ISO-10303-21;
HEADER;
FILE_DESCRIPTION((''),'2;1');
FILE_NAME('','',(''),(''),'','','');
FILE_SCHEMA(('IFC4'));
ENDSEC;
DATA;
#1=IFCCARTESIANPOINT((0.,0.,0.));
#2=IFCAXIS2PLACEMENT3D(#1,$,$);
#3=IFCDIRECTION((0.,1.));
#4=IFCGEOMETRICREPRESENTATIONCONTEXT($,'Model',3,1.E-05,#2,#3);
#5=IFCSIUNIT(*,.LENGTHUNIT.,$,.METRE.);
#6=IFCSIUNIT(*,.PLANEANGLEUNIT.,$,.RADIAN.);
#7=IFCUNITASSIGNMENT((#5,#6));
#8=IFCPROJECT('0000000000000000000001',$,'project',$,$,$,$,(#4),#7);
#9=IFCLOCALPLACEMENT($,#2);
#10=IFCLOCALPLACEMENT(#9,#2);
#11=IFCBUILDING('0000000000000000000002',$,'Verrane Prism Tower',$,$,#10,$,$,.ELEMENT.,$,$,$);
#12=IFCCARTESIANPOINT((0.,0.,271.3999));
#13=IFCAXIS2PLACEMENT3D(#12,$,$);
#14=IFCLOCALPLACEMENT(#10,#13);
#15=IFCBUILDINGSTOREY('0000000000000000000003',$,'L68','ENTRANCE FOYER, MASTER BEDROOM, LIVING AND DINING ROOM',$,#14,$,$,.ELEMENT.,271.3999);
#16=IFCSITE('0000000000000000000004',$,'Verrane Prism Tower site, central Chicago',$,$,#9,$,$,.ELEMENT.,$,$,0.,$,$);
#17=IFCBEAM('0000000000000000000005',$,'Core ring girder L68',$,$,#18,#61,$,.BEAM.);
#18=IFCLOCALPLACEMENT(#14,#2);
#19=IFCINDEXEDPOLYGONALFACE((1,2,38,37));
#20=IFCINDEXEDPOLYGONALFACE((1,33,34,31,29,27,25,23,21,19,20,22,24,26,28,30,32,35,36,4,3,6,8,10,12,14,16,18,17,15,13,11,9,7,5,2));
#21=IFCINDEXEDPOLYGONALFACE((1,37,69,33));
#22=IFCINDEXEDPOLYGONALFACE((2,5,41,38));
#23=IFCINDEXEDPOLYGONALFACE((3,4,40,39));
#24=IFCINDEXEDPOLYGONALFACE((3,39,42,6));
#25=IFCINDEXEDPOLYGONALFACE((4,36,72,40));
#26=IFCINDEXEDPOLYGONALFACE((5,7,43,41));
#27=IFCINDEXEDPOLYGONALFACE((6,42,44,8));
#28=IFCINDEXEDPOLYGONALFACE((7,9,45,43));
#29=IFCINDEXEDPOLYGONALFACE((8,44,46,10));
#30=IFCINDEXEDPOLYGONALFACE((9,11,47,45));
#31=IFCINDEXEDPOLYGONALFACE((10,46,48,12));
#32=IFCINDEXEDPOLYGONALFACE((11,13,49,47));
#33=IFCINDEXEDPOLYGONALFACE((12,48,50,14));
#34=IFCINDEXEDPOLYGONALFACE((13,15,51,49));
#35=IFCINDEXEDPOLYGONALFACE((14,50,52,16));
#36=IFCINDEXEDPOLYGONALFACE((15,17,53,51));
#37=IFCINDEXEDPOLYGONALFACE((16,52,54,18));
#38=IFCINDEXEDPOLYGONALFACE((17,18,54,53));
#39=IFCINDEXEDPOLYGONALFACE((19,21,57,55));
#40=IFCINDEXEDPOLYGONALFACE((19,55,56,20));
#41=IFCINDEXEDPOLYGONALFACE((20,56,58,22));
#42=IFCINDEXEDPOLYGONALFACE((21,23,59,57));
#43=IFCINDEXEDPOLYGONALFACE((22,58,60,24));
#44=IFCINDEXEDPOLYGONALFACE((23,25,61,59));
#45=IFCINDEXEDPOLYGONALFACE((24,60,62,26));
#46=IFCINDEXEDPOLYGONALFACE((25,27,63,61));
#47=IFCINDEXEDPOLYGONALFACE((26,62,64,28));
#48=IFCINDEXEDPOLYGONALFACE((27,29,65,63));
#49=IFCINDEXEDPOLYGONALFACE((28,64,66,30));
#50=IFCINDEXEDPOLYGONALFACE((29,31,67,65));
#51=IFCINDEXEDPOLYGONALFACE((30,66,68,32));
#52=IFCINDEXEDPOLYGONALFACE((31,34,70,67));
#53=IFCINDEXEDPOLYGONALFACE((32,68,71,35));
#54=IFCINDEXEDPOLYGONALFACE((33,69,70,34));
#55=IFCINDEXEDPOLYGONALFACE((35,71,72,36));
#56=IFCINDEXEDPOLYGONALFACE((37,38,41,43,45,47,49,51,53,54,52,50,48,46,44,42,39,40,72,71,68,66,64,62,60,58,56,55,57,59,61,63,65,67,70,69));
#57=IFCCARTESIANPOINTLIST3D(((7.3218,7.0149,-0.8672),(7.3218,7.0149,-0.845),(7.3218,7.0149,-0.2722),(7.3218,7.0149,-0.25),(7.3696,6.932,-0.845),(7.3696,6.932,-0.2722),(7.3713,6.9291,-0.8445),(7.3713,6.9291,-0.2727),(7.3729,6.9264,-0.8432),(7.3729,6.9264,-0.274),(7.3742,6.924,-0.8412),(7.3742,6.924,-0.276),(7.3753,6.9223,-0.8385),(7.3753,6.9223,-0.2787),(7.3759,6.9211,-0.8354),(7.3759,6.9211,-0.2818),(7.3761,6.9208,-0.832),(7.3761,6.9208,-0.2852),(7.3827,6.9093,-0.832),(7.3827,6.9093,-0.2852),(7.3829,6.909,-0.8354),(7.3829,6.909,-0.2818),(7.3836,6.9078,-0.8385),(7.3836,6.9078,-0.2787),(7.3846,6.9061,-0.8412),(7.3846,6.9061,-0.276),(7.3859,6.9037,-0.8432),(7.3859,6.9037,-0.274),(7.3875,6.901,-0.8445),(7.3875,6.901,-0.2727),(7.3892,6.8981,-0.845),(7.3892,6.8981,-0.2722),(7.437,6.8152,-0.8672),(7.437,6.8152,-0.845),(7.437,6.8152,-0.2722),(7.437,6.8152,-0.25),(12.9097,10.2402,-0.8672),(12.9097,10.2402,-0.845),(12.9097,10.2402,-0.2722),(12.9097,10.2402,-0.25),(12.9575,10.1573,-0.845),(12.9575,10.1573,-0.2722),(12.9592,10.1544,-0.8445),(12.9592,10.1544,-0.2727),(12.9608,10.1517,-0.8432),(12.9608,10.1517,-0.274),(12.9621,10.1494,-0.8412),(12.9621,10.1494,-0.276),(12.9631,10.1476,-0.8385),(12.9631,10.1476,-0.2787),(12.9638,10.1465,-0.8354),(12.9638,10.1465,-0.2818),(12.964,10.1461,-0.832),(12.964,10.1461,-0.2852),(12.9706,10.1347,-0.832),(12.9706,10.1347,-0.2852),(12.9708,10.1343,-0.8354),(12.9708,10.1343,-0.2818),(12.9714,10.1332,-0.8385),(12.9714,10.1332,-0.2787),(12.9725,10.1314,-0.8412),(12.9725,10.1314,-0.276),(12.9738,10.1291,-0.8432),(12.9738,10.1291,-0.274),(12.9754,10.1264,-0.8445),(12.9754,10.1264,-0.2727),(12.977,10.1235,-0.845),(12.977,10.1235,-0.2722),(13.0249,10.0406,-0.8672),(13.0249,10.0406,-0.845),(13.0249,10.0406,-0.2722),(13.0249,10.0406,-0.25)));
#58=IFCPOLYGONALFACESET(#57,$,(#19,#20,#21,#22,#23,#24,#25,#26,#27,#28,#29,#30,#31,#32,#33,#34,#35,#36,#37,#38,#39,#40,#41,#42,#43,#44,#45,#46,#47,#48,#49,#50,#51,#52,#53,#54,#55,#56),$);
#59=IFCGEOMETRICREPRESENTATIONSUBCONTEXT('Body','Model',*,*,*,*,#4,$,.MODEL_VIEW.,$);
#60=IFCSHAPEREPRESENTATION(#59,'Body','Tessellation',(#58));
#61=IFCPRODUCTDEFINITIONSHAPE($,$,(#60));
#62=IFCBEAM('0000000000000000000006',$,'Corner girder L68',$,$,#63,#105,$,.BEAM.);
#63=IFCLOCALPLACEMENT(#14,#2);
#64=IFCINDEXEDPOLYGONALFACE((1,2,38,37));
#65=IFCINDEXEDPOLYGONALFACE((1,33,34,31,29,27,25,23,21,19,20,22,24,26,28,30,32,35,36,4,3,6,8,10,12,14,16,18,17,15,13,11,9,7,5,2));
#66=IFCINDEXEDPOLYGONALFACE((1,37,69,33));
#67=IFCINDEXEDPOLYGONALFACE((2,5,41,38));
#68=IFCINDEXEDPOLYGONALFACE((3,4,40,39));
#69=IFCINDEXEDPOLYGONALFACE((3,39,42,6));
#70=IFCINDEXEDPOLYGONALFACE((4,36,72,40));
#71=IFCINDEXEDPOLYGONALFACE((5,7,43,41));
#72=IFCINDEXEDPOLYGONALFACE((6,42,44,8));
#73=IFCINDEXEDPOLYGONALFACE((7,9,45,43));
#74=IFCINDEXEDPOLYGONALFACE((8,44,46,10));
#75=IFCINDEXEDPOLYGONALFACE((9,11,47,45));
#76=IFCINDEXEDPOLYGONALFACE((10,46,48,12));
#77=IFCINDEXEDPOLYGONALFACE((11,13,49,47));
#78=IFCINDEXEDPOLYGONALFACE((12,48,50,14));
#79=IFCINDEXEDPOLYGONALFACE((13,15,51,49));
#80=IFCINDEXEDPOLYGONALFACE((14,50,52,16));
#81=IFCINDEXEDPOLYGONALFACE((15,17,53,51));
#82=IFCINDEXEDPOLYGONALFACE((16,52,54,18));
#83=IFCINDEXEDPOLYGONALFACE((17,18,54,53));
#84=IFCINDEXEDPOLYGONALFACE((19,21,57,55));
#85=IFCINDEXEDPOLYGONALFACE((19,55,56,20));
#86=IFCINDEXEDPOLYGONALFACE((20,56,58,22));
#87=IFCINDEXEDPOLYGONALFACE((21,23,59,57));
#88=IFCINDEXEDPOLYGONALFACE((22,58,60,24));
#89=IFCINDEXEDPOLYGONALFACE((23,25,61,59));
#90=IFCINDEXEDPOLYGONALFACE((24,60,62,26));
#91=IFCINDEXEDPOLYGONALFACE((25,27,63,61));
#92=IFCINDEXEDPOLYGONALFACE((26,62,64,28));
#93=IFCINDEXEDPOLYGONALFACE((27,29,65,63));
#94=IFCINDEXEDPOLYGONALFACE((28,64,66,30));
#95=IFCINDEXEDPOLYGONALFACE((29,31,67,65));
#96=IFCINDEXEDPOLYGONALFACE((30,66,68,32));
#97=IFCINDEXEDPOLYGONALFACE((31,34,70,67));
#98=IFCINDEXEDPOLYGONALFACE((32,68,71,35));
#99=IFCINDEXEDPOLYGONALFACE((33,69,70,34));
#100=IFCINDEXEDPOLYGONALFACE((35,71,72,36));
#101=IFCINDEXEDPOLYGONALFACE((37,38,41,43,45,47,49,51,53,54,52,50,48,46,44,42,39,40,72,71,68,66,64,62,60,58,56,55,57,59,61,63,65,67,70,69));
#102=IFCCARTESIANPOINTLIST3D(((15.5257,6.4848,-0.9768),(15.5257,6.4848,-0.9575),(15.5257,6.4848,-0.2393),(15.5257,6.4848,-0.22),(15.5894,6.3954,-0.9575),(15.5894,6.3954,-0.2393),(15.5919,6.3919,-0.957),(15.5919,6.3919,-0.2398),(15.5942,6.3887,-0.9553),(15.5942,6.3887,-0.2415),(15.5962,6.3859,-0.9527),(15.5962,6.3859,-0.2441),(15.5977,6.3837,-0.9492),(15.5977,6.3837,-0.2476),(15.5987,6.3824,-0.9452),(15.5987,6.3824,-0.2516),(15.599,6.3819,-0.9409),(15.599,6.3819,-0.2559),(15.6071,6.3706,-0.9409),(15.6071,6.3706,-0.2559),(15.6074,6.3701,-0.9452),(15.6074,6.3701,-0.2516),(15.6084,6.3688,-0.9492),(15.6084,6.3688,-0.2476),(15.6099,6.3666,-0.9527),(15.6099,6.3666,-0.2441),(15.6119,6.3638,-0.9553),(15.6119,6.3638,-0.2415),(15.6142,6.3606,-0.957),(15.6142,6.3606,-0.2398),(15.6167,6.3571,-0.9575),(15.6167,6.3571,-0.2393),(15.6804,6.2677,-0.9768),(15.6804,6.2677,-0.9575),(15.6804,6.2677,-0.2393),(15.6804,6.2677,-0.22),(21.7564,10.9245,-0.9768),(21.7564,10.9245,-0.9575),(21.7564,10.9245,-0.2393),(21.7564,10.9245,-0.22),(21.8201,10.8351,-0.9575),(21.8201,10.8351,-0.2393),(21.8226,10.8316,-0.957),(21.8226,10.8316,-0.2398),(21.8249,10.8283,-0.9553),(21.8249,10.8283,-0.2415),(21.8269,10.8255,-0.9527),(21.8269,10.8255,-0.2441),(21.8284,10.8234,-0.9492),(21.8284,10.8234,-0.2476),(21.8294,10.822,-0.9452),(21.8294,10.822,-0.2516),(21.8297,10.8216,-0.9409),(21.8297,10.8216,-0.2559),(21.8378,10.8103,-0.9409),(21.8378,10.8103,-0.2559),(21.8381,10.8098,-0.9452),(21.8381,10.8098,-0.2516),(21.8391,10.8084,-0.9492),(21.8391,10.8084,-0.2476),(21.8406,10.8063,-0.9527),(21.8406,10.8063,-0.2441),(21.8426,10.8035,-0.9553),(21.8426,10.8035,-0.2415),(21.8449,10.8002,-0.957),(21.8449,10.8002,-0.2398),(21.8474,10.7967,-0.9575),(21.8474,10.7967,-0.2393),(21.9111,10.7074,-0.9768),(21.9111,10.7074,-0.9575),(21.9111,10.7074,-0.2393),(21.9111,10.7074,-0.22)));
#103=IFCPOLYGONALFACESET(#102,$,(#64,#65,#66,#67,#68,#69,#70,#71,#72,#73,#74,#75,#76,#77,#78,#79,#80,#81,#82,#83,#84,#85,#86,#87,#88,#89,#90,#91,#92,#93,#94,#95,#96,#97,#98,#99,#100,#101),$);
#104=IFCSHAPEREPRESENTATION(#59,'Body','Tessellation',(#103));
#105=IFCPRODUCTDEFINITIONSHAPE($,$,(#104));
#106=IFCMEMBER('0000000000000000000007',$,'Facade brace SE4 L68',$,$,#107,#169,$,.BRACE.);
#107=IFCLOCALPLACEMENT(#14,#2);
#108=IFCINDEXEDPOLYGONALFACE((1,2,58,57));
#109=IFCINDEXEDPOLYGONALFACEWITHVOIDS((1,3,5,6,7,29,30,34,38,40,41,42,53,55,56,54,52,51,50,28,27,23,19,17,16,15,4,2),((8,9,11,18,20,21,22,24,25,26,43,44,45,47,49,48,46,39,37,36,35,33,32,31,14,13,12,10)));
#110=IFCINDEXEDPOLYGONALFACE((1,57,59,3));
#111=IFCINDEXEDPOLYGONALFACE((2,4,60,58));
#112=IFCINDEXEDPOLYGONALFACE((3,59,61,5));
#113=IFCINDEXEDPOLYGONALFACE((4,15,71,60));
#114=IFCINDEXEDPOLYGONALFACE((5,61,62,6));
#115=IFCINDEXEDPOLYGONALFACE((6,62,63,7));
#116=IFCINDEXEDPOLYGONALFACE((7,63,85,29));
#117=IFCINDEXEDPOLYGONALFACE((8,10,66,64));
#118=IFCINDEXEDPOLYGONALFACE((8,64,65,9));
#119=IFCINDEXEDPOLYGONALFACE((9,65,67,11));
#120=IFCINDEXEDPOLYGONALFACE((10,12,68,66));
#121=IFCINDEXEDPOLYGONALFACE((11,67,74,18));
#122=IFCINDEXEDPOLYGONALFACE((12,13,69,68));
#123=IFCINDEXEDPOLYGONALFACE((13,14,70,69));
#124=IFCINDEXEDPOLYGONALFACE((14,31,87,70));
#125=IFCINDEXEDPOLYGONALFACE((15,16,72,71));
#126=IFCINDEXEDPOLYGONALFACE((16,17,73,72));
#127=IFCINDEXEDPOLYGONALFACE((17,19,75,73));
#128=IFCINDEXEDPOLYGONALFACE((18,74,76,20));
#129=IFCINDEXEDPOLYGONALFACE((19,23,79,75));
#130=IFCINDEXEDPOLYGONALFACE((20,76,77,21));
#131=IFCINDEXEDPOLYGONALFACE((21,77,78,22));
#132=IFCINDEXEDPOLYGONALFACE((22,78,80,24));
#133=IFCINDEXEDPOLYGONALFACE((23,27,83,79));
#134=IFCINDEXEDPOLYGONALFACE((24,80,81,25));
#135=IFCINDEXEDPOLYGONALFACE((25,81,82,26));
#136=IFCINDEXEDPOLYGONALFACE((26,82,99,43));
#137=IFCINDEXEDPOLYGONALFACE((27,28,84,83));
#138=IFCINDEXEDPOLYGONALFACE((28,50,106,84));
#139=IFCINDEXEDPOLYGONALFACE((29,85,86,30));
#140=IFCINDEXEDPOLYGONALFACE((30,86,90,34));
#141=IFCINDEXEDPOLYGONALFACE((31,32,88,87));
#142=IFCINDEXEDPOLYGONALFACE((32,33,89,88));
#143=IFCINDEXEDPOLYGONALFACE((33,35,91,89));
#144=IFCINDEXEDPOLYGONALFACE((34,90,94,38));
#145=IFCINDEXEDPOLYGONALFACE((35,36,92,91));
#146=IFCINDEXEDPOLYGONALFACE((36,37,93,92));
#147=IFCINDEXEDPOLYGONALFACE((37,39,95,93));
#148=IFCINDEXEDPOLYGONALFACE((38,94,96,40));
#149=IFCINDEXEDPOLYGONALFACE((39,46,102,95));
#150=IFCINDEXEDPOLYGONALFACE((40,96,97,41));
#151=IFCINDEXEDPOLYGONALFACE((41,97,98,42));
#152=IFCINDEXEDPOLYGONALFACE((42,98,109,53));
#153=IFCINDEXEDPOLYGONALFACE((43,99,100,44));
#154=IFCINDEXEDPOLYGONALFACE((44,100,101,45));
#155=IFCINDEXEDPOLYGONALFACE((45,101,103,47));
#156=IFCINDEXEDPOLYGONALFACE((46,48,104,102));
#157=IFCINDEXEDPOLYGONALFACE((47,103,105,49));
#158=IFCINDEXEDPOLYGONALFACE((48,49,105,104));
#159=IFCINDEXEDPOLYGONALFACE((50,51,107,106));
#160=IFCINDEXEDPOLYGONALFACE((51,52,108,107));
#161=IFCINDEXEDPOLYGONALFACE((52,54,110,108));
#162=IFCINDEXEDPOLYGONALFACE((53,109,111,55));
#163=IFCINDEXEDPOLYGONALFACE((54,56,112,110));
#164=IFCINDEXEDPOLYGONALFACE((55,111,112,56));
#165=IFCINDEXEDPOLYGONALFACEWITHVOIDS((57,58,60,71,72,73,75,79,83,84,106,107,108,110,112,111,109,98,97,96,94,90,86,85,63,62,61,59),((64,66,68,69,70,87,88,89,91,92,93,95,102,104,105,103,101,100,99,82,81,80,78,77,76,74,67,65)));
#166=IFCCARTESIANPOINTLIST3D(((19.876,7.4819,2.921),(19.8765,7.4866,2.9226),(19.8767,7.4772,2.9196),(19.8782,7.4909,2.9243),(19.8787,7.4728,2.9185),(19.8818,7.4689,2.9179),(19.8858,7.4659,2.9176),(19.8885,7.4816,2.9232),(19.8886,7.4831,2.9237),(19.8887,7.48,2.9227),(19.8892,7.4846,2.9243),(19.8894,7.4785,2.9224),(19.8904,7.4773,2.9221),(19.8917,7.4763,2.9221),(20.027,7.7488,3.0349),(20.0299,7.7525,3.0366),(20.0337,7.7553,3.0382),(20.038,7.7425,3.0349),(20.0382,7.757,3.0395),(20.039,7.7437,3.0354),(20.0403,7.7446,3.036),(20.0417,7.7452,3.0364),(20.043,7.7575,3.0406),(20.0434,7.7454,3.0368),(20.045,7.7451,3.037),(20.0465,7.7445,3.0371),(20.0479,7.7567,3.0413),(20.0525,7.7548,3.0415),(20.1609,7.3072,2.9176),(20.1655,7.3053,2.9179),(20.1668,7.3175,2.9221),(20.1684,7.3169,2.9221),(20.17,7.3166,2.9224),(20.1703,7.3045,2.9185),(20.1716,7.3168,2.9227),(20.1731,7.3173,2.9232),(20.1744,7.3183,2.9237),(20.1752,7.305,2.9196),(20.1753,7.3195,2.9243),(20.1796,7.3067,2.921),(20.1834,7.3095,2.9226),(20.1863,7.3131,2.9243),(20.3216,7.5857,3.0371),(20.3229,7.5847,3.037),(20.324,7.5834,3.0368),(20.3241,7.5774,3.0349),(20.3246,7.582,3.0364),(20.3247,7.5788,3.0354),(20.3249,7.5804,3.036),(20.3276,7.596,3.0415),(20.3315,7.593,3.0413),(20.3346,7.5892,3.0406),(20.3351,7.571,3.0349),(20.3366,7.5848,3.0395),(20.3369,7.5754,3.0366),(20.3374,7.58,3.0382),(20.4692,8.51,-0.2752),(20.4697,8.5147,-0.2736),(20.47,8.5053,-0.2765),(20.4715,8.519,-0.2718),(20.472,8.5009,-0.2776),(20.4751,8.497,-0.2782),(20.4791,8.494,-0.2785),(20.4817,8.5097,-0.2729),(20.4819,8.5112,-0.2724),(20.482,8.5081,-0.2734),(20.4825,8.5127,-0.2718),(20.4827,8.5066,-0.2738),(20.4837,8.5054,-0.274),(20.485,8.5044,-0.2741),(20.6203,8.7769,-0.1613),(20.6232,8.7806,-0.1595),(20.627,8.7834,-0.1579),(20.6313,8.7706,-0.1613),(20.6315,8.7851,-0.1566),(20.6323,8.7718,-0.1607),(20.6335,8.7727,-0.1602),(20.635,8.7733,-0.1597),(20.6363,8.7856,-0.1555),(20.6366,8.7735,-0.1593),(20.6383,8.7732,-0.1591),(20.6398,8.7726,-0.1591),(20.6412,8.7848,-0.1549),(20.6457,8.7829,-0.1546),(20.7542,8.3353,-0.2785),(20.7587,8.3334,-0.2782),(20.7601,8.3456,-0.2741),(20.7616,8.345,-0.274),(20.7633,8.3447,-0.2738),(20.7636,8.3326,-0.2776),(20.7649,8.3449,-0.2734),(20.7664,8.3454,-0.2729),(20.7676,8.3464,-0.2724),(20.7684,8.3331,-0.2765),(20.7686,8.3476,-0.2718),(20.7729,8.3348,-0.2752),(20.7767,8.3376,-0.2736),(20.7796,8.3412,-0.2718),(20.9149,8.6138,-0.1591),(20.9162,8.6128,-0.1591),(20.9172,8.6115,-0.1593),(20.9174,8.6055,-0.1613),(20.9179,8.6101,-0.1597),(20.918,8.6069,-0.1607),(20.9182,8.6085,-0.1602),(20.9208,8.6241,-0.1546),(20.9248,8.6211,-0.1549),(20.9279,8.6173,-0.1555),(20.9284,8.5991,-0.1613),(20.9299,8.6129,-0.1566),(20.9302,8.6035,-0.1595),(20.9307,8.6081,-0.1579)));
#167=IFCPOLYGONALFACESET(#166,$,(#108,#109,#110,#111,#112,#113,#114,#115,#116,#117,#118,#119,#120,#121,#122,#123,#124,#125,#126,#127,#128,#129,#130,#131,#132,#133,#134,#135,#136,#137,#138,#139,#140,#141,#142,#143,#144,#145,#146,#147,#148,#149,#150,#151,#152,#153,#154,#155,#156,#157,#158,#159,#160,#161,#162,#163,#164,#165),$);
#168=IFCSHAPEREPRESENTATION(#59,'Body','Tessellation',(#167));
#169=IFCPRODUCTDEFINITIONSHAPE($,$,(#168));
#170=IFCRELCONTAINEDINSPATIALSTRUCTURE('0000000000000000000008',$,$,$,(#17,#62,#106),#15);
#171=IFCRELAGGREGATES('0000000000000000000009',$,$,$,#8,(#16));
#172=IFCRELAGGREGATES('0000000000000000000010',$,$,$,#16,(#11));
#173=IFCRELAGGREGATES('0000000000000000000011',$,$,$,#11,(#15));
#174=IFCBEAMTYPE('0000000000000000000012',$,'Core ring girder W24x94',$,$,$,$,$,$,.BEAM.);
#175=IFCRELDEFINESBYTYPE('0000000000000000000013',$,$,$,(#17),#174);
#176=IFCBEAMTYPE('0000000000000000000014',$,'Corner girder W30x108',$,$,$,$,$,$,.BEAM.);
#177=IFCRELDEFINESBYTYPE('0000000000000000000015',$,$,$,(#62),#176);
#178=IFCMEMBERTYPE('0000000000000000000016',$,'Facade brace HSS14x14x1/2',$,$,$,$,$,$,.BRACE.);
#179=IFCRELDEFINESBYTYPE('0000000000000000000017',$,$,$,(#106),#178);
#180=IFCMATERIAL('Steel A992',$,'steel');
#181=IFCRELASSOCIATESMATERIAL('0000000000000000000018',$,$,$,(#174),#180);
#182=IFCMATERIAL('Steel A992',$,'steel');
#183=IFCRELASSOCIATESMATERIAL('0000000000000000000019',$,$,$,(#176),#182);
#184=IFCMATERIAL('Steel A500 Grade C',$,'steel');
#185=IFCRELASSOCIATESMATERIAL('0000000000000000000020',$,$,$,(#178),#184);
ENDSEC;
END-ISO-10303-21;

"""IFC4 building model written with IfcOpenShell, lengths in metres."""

from ifc_helpers import new_model, si_unit, direction, frame, origin, origin_2d, place, context, subcontext, project, spatial, hollow_rectangle, i_section, extrude, material, material_profile, profile_set, type_object, element, save


model = new_model("IFC4")

# Units and contexts
model_context = context("Model", 3, precision=1e-05, world=origin(), true_north=direction((0.0, 1.0)))
body_context = subcontext(model_context, "Body", "Model", "MODEL_VIEW")
ifc_project = project(units=[si_unit("LENGTHUNIT", "METRE"), si_unit("PLANEANGLEUNIT", "RADIAN")], contexts=[model_context])

# Site, building, storey
site_placement = place(None, origin())
site = spatial("IfcSite", under=ifc_project, at=site_placement, Name="Verrane Prism Tower site, central Chicago", CompositionType="ELEMENT", RefElevation=0.0)
building_placement = place(site_placement, origin())
building = spatial("IfcBuilding", under=site, at=building_placement, Name="Verrane Prism Tower", CompositionType="ELEMENT")
storey_placement = place(building_placement, frame((0.0, 0.0, 271.3999)))
storey = spatial("IfcBuildingStorey", under=building, at=storey_placement, Name="L68", Description="ENTRANCE FOYER, MASTER BEDROOM, LIVING AND DINING ROOM", CompositionType="ELEMENT", Elevation=271.3999)

# Beams
ifc_material_1 = material(Name="Steel A992", Category="steel")
ifc_material_profile_1 = material_profile(ifc_material_1, i_section(OverallWidth=0.2305, OverallDepth=0.6172, WebThickness=0.0132, FlangeThickness=0.0222, FilletRadius=0.0129, at=origin_2d()), Name="W24x94")
ifc_profile_set_1 = profile_set([ifc_material_profile_1], Name="Steel A992")
beam_type_1 = type_object("IfcBeamType", Name="Core ring girder W24x94", PredefinedType="BEAM", material=ifc_profile_set_1)
beam_1_placement = place(storey_placement, frame((12.9673, 10.1404, -0.5586), z_axis=(-0.866081, -0.499904, 0.0), x_axis=(0.499904, -0.866081, 0.0)))
element("IfcBeam", 1, at=beam_1_placement, inside=storey, type_object=beam_type_1, Name="Core ring girder L68", PredefinedType="BEAM", context=body_context, shape_type="SweptSolid", body=[
    extrude(i_section(OverallWidth=0.2305, OverallDepth=0.6172, WebThickness=0.0132, FlangeThickness=0.0222, FilletRadius=0.0129, at=origin_2d()), origin(), (0.0, 0.0, 1.0), 6.4519),
])
ifc_material_2 = material(Name="Steel A992", Category="steel")
ifc_material_profile_2 = material_profile(ifc_material_2, i_section(OverallWidth=0.2666, OverallDepth=0.7568, WebThickness=0.0139, FlangeThickness=0.0193, FilletRadius=0.0166, at=origin_2d()), Name="W30x108")
ifc_profile_set_2 = profile_set([ifc_material_profile_2], Name="Steel A992")
beam_type_2 = type_object("IfcBeamType", Name="Corner girder W30x108", PredefinedType="BEAM", material=ifc_profile_set_2)
beam_2_placement = place(storey_placement, frame((21.8337, 10.8159, -0.5984), z_axis=(-0.814401, -0.580302, 0.0), x_axis=(0.580302, -0.814401, 0.0)))
element("IfcBeam", 2, at=beam_2_placement, inside=storey, type_object=beam_type_2, Name="Corner girder L68", PredefinedType="BEAM", context=body_context, shape_type="SweptSolid", body=[
    extrude(i_section(OverallWidth=0.2666, OverallDepth=0.7568, WebThickness=0.0139, FlangeThickness=0.0193, FilletRadius=0.0166, at=origin_2d()), origin(), (0.0, 0.0, 1.0), 7.6506),
])

# Member
ifc_material_3 = material(Name="Steel A500 Grade C", Category="steel")
ifc_material_profile_3 = material_profile(ifc_material_3, hollow_rectangle(XDim=0.3557, YDim=0.3557, WallThickness=0.0127, InnerFilletRadius=0.0063, OuterFilletRadius=0.019, at=origin_2d()), Name="HSS14x14x1/2")
ifc_profile_set_3 = profile_set([ifc_material_profile_3], Name="Steel A500 Grade C")
member_type_1 = type_object("IfcMemberType", Name="Facade brace HSS14x14x1/2", PredefinedType="BRACE", material=ifc_profile_set_3)
member_1_placement = place(storey_placement, frame((20.7, 8.5591, -0.2166), z_axis=(-0.174011, -0.301547, 0.937438), x_axis=(0.866134, -0.499811, 0.0)))
element("IfcMember", 3, at=member_1_placement, inside=storey, type_object=member_type_1, Name="Facade brace SE4 L68", PredefinedType="BRACE", context=body_context, shape_type="SweptSolid", body=[
    extrude(hollow_rectangle(XDim=0.3557, YDim=0.3557, WallThickness=0.0127, InnerFilletRadius=0.0063, OuterFilletRadius=0.019, at=origin_2d()), origin(), (0.0, 0.0, 1.0), 3.4094),
])

save(model, "model.ifc")
